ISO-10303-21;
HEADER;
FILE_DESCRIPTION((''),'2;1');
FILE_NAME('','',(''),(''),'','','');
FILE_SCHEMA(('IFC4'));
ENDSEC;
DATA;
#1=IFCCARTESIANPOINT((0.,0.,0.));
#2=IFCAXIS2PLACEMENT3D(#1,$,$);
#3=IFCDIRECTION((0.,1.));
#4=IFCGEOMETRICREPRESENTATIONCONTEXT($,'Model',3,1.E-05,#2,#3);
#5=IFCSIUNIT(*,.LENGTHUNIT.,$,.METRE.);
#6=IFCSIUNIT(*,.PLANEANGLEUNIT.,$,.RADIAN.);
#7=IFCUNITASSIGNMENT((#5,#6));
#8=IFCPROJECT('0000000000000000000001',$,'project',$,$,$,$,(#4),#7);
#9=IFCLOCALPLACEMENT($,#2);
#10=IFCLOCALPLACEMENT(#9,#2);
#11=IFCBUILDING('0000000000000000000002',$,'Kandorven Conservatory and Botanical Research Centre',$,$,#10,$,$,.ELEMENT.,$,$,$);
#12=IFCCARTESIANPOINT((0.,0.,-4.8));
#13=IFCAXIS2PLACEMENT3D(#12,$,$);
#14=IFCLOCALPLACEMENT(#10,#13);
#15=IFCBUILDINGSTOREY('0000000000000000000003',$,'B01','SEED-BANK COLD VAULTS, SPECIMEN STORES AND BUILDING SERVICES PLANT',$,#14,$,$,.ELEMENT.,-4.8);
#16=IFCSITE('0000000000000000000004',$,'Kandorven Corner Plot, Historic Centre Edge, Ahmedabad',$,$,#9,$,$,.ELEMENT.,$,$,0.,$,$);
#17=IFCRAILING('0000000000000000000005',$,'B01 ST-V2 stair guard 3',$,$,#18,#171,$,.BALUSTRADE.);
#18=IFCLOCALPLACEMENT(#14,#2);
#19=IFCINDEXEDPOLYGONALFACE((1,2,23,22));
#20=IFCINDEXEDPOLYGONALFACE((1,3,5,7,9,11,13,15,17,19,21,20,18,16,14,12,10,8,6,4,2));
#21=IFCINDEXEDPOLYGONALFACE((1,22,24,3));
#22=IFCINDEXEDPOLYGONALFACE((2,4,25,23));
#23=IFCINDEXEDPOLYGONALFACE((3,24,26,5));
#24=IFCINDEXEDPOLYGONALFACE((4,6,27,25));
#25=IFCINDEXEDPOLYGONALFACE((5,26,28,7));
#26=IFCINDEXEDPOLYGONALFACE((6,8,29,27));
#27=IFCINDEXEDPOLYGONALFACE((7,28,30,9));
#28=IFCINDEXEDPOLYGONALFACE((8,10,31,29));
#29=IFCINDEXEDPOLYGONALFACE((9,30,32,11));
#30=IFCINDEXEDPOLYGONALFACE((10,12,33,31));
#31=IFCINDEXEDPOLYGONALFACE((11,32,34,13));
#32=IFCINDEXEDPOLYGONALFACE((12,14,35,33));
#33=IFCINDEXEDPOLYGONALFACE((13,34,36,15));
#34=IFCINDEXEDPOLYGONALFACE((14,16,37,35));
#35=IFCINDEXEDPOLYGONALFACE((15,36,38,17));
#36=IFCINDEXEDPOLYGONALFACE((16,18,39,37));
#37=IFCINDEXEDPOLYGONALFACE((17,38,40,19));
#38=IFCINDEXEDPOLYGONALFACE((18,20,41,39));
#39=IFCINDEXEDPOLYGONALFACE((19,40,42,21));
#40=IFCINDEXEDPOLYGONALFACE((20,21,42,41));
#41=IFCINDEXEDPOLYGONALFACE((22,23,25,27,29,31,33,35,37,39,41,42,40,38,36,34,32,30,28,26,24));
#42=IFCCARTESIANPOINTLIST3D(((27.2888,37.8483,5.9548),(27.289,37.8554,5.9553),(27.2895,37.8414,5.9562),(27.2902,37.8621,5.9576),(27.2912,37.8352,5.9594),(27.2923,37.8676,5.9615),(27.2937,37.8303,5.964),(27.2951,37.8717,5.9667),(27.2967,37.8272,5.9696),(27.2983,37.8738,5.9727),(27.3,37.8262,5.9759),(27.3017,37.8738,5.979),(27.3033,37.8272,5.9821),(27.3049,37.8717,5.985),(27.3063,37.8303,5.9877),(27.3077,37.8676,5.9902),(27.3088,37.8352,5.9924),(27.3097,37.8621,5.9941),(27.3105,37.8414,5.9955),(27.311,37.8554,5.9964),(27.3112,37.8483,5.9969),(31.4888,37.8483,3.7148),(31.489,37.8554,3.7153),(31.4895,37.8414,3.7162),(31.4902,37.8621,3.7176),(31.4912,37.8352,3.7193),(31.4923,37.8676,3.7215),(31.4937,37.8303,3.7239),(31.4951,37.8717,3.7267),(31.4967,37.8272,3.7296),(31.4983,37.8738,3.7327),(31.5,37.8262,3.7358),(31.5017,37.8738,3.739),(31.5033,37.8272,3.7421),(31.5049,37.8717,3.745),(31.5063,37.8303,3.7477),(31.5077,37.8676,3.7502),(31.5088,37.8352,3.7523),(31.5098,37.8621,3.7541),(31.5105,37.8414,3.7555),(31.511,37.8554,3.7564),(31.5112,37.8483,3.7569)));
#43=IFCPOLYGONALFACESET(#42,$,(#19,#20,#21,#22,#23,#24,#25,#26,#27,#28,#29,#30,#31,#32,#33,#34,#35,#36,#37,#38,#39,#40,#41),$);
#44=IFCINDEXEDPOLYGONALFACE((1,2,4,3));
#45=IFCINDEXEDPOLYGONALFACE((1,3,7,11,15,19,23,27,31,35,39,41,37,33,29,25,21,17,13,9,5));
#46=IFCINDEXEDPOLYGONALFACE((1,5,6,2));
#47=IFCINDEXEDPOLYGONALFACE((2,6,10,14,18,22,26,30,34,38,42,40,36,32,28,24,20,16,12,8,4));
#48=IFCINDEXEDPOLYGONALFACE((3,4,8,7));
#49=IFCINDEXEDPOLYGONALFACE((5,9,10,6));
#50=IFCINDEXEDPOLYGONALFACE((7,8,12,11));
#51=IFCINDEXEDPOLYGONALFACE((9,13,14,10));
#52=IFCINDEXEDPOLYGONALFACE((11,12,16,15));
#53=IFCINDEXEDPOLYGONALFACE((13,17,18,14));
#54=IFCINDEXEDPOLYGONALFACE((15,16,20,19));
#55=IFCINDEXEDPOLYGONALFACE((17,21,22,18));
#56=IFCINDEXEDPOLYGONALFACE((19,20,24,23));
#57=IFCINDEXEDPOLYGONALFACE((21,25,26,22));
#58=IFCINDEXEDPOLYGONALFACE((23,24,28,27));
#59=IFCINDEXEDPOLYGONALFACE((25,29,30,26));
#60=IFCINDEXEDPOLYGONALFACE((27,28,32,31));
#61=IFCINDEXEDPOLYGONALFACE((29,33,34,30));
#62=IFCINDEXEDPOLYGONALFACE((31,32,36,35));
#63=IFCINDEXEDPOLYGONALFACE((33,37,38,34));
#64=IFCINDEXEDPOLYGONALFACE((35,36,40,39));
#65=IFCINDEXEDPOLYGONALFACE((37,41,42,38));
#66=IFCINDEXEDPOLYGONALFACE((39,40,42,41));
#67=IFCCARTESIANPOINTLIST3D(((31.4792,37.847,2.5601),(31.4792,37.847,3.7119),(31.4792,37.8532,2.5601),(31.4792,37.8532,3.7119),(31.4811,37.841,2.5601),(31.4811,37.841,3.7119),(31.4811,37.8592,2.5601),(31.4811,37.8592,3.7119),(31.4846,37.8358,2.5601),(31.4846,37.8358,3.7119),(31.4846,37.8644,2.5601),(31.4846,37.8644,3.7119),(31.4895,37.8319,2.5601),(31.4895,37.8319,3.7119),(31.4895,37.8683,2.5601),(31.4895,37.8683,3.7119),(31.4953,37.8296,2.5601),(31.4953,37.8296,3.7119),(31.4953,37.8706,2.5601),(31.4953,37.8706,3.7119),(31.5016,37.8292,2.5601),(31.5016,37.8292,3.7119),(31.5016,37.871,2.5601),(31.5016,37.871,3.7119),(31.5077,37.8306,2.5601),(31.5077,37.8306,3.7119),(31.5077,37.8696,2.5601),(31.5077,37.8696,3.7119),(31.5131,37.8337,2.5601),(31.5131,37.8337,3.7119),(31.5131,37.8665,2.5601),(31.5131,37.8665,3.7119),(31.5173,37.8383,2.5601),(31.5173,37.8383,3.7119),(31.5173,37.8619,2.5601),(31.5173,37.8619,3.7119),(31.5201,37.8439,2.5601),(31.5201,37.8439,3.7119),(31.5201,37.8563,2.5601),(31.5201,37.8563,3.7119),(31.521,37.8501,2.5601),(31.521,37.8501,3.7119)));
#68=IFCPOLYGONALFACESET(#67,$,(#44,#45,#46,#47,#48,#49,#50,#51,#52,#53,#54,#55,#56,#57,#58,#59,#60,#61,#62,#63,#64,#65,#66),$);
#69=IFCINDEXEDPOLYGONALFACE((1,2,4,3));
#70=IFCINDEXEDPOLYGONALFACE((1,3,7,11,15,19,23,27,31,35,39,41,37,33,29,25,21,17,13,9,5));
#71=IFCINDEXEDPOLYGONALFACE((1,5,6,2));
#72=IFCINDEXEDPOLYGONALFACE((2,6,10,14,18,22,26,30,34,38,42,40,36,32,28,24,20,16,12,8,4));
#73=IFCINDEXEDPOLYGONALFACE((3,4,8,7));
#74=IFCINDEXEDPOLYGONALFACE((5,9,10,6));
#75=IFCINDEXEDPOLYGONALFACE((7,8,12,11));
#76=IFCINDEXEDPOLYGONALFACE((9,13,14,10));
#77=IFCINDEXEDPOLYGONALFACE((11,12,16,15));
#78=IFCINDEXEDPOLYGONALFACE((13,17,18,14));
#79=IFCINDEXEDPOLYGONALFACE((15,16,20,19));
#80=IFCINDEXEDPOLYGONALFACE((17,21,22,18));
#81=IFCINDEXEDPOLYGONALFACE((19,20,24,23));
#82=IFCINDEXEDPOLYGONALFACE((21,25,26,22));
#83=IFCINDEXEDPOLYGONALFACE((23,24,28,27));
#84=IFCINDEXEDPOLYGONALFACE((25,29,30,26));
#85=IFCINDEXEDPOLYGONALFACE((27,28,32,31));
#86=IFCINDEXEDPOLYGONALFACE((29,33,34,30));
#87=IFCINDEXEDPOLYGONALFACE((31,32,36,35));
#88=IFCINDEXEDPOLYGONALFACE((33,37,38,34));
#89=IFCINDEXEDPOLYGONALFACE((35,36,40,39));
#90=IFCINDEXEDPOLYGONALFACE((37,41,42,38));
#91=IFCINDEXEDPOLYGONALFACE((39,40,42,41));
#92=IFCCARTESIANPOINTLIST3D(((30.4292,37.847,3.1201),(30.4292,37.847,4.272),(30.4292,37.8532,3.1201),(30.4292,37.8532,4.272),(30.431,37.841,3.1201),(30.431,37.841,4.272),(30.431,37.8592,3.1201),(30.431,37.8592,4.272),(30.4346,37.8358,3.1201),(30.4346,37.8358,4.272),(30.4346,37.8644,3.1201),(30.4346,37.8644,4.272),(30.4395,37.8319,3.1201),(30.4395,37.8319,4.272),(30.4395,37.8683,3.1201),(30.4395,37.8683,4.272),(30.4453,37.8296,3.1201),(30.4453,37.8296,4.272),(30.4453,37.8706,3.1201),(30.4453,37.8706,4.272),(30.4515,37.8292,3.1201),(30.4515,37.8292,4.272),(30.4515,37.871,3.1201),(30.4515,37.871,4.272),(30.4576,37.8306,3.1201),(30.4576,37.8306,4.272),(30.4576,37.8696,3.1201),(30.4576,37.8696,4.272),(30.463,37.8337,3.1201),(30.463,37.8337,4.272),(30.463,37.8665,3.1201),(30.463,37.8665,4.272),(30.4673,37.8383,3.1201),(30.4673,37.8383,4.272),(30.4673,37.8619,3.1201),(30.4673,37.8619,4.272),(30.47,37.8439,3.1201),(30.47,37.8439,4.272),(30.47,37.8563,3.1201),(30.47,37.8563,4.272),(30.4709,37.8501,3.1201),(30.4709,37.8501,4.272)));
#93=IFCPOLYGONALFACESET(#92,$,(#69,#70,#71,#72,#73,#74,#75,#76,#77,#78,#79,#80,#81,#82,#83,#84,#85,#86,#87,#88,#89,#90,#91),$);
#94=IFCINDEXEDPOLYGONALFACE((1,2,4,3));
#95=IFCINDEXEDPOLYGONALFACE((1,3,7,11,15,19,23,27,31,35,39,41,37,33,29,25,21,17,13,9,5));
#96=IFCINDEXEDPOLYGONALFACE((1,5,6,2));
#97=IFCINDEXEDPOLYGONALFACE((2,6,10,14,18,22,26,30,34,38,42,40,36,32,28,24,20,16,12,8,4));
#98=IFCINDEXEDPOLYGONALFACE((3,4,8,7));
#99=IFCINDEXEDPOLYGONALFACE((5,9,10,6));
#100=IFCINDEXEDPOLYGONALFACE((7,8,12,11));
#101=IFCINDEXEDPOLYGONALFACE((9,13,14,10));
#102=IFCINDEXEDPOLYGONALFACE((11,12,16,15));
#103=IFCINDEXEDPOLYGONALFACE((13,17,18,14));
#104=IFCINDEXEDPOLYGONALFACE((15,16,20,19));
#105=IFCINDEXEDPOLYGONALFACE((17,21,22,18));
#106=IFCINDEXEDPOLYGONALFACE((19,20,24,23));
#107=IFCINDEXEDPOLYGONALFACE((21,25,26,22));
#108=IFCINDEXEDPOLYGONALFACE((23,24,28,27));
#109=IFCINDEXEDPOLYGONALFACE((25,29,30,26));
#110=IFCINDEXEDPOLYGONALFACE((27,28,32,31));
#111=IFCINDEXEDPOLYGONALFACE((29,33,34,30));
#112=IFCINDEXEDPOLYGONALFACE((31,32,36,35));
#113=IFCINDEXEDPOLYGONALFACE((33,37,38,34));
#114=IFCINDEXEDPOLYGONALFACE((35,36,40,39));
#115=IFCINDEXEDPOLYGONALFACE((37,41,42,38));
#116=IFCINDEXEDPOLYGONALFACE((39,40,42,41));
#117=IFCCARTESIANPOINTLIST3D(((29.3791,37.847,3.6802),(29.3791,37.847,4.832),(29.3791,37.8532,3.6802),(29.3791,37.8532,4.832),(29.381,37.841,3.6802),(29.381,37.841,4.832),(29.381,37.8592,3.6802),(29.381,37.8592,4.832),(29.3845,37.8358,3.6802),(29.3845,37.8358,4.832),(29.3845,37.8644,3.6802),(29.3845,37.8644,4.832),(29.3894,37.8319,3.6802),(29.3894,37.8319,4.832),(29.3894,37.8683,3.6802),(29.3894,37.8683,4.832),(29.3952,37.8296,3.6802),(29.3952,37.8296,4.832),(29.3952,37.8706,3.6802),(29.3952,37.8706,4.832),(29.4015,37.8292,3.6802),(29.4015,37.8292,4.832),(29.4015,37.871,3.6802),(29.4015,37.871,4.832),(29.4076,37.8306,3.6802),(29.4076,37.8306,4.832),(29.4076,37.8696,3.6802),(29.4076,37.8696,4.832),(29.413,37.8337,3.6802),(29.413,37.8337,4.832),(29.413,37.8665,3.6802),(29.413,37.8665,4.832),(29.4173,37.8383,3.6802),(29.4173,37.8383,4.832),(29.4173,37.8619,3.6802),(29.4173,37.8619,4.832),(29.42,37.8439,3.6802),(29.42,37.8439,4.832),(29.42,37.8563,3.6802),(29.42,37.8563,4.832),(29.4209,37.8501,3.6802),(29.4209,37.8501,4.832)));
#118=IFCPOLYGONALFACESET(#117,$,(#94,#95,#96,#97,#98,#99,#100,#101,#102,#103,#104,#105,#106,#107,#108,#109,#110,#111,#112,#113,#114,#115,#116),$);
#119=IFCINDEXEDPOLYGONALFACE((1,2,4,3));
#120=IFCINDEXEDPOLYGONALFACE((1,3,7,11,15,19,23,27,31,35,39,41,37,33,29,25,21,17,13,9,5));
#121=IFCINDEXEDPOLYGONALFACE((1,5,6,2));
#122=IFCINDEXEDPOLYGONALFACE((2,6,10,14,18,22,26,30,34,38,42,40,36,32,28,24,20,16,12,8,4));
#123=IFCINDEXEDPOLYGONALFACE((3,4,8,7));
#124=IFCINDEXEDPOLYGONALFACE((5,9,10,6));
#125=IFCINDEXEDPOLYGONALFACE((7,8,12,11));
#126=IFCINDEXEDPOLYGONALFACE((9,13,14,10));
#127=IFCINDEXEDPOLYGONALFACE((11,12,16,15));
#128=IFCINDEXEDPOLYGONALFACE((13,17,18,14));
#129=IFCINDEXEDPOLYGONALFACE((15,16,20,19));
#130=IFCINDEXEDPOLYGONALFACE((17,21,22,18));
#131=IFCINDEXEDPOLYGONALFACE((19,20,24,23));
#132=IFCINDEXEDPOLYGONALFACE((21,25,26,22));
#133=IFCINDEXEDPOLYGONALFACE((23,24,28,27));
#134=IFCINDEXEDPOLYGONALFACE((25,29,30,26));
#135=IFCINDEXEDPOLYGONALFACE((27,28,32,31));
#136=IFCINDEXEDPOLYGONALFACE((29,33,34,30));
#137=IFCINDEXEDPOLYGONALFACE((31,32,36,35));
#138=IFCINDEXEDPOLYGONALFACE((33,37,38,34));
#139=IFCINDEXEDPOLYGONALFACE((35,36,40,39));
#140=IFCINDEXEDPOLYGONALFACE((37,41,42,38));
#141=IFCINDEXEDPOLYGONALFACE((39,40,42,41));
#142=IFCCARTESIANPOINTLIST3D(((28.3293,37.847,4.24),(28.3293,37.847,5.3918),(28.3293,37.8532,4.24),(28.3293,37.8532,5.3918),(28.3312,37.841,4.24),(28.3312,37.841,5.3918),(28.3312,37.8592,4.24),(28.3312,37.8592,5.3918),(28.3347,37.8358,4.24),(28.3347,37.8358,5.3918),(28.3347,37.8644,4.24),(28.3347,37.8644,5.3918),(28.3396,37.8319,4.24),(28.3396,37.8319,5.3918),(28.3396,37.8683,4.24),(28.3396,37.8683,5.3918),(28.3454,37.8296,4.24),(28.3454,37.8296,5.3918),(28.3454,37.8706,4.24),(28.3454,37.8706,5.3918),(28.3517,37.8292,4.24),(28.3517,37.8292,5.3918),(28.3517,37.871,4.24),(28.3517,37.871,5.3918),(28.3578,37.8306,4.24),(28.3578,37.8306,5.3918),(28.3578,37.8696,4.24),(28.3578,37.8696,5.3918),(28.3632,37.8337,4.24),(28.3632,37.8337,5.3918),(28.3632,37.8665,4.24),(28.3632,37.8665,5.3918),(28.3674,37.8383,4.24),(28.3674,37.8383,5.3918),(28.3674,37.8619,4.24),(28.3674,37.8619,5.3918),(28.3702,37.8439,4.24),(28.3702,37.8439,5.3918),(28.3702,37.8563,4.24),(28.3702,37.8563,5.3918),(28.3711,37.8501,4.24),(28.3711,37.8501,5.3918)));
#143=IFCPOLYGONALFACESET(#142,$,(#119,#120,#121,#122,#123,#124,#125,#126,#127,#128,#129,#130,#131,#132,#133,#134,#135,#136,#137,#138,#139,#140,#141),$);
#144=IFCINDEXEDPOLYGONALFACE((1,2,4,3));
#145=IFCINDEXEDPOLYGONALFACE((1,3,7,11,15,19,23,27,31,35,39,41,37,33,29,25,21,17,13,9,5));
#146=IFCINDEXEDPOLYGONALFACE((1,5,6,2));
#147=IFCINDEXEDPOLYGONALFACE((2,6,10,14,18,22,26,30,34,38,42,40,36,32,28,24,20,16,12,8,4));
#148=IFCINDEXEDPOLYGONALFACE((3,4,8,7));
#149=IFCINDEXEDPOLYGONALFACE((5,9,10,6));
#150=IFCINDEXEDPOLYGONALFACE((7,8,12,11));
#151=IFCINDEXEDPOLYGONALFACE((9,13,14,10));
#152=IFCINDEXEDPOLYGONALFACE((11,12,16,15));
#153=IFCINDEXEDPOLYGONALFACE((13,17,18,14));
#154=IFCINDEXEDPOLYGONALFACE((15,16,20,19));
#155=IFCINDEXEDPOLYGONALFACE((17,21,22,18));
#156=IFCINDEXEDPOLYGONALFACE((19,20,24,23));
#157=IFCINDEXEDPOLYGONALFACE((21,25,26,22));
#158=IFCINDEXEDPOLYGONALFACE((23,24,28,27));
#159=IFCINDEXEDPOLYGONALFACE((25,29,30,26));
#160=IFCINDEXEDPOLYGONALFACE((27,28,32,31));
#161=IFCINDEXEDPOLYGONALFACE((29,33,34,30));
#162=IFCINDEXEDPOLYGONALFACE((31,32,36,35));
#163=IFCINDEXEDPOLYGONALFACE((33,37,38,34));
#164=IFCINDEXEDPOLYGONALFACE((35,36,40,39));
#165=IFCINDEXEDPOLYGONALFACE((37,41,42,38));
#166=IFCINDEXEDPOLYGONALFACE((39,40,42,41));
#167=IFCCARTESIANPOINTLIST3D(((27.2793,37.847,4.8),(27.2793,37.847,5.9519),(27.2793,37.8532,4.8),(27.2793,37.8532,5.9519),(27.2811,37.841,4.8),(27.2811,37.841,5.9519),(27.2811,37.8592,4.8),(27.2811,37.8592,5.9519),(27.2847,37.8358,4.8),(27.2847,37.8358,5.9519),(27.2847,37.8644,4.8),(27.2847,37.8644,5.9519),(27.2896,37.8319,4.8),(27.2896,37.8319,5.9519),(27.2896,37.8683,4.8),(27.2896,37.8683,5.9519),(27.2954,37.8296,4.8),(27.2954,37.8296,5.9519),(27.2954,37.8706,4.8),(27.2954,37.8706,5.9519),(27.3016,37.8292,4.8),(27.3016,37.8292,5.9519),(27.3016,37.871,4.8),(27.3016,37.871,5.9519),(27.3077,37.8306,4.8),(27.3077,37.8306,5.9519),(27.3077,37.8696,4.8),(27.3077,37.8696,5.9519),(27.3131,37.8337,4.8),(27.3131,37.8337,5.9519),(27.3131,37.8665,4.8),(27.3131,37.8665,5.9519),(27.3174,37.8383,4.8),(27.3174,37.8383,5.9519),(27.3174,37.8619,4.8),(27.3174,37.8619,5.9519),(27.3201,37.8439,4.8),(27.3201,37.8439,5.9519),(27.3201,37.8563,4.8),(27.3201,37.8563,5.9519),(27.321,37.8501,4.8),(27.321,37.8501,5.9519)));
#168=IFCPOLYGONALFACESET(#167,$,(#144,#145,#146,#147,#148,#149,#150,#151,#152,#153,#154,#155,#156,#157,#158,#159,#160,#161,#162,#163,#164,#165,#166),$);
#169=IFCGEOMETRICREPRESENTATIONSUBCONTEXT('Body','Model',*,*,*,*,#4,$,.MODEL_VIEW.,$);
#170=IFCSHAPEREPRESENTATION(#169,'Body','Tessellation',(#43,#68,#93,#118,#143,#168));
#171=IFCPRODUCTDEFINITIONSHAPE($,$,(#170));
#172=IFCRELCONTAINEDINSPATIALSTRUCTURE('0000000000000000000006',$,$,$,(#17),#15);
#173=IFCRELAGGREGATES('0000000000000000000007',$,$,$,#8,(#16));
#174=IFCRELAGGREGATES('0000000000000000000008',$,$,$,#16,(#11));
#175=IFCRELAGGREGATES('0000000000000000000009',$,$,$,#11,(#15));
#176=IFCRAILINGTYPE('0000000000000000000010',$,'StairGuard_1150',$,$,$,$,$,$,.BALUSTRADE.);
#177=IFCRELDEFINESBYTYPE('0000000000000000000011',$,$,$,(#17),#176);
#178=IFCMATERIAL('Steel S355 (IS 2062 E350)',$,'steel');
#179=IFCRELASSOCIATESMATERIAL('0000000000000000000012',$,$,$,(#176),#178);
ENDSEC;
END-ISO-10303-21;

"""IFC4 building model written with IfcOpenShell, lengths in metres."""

from ifc_helpers import new_model, si_unit, direction, frame, origin, origin_2d, place, context, subcontext, project, spatial, circle, extrude, material, type_object, element, save


model = new_model("IFC4")

# Units and contexts
model_context = context("Model", 3, precision=1e-05, world=origin(), true_north=direction((0.0, 1.0)))
body_context = subcontext(model_context, "Body", "Model", "MODEL_VIEW")
ifc_project = project(units=[si_unit("LENGTHUNIT", "METRE"), si_unit("PLANEANGLEUNIT", "RADIAN")], contexts=[model_context])

# Site, building, storey
site_placement = place(None, origin())
site = spatial("IfcSite", under=ifc_project, at=site_placement, Name="Kandorven Corner Plot, Historic Centre Edge, Ahmedabad", CompositionType="ELEMENT", RefElevation=0.0)
building_placement = place(site_placement, origin())
building = spatial("IfcBuilding", under=site, at=building_placement, Name="Kandorven Conservatory and Botanical Research Centre", CompositionType="ELEMENT")
storey_placement = place(building_placement, frame((0.0, 0.0, -4.8)))
storey = spatial("IfcBuildingStorey", under=building, at=storey_placement, Name="B01", Description="SEED-BANK COLD VAULTS, SPECIMEN STORES AND BUILDING SERVICES PLANT", CompositionType="ELEMENT", Elevation=-4.8)

# Railing
ifc_material_1 = material(Name="Steel S355 (IS 2062 E350)", Category="steel")
railing_type_1 = type_object("IfcRailingType", Name="StairGuard_1150", PredefinedType="BALUSTRADE", material=ifc_material_1)
railing_1_placement = place(storey_placement, frame((31.5, 37.8501, 2.5601)))
element("IfcRailing", 1, at=railing_1_placement, inside=storey, type_object=railing_type_1, Name="B01 ST-V2 stair guard 3", PredefinedType="BALUSTRADE", context=body_context, shape_type="SweptSolid", body=[
    extrude(circle(Radius=0.0239, at=origin_2d()), frame((0.0, 0.0, 1.1758), z_axis=(-0.882352, 0.0, 0.470591), x_axis=(0.0, -1.0, 0.0)), (0.0, 0.0, 1.0), 4.76),
    extrude(circle(Radius=0.021, at=origin_2d()), origin(), (0.0, 0.0, 1.0), 1.1519),
    extrude(circle(Radius=0.021, at=origin_2d()), frame((-1.05, 0.0, 0.5601)), (0.0, 0.0, 1.0), 1.1519),
    extrude(circle(Radius=0.021, at=origin_2d()), frame((-2.1001, 0.0, 1.1201)), (0.0, 0.0, 1.0), 1.1519),
    extrude(circle(Radius=0.021, at=origin_2d()), frame((-3.1499, 0.0, 1.6799)), (0.0, 0.0, 1.0), 1.1519),
    extrude(circle(Radius=0.021, at=origin_2d()), frame((-4.2, 0.0, 2.24)), (0.0, 0.0, 1.0), 1.1519),
])

save(model, "model.ifc")
